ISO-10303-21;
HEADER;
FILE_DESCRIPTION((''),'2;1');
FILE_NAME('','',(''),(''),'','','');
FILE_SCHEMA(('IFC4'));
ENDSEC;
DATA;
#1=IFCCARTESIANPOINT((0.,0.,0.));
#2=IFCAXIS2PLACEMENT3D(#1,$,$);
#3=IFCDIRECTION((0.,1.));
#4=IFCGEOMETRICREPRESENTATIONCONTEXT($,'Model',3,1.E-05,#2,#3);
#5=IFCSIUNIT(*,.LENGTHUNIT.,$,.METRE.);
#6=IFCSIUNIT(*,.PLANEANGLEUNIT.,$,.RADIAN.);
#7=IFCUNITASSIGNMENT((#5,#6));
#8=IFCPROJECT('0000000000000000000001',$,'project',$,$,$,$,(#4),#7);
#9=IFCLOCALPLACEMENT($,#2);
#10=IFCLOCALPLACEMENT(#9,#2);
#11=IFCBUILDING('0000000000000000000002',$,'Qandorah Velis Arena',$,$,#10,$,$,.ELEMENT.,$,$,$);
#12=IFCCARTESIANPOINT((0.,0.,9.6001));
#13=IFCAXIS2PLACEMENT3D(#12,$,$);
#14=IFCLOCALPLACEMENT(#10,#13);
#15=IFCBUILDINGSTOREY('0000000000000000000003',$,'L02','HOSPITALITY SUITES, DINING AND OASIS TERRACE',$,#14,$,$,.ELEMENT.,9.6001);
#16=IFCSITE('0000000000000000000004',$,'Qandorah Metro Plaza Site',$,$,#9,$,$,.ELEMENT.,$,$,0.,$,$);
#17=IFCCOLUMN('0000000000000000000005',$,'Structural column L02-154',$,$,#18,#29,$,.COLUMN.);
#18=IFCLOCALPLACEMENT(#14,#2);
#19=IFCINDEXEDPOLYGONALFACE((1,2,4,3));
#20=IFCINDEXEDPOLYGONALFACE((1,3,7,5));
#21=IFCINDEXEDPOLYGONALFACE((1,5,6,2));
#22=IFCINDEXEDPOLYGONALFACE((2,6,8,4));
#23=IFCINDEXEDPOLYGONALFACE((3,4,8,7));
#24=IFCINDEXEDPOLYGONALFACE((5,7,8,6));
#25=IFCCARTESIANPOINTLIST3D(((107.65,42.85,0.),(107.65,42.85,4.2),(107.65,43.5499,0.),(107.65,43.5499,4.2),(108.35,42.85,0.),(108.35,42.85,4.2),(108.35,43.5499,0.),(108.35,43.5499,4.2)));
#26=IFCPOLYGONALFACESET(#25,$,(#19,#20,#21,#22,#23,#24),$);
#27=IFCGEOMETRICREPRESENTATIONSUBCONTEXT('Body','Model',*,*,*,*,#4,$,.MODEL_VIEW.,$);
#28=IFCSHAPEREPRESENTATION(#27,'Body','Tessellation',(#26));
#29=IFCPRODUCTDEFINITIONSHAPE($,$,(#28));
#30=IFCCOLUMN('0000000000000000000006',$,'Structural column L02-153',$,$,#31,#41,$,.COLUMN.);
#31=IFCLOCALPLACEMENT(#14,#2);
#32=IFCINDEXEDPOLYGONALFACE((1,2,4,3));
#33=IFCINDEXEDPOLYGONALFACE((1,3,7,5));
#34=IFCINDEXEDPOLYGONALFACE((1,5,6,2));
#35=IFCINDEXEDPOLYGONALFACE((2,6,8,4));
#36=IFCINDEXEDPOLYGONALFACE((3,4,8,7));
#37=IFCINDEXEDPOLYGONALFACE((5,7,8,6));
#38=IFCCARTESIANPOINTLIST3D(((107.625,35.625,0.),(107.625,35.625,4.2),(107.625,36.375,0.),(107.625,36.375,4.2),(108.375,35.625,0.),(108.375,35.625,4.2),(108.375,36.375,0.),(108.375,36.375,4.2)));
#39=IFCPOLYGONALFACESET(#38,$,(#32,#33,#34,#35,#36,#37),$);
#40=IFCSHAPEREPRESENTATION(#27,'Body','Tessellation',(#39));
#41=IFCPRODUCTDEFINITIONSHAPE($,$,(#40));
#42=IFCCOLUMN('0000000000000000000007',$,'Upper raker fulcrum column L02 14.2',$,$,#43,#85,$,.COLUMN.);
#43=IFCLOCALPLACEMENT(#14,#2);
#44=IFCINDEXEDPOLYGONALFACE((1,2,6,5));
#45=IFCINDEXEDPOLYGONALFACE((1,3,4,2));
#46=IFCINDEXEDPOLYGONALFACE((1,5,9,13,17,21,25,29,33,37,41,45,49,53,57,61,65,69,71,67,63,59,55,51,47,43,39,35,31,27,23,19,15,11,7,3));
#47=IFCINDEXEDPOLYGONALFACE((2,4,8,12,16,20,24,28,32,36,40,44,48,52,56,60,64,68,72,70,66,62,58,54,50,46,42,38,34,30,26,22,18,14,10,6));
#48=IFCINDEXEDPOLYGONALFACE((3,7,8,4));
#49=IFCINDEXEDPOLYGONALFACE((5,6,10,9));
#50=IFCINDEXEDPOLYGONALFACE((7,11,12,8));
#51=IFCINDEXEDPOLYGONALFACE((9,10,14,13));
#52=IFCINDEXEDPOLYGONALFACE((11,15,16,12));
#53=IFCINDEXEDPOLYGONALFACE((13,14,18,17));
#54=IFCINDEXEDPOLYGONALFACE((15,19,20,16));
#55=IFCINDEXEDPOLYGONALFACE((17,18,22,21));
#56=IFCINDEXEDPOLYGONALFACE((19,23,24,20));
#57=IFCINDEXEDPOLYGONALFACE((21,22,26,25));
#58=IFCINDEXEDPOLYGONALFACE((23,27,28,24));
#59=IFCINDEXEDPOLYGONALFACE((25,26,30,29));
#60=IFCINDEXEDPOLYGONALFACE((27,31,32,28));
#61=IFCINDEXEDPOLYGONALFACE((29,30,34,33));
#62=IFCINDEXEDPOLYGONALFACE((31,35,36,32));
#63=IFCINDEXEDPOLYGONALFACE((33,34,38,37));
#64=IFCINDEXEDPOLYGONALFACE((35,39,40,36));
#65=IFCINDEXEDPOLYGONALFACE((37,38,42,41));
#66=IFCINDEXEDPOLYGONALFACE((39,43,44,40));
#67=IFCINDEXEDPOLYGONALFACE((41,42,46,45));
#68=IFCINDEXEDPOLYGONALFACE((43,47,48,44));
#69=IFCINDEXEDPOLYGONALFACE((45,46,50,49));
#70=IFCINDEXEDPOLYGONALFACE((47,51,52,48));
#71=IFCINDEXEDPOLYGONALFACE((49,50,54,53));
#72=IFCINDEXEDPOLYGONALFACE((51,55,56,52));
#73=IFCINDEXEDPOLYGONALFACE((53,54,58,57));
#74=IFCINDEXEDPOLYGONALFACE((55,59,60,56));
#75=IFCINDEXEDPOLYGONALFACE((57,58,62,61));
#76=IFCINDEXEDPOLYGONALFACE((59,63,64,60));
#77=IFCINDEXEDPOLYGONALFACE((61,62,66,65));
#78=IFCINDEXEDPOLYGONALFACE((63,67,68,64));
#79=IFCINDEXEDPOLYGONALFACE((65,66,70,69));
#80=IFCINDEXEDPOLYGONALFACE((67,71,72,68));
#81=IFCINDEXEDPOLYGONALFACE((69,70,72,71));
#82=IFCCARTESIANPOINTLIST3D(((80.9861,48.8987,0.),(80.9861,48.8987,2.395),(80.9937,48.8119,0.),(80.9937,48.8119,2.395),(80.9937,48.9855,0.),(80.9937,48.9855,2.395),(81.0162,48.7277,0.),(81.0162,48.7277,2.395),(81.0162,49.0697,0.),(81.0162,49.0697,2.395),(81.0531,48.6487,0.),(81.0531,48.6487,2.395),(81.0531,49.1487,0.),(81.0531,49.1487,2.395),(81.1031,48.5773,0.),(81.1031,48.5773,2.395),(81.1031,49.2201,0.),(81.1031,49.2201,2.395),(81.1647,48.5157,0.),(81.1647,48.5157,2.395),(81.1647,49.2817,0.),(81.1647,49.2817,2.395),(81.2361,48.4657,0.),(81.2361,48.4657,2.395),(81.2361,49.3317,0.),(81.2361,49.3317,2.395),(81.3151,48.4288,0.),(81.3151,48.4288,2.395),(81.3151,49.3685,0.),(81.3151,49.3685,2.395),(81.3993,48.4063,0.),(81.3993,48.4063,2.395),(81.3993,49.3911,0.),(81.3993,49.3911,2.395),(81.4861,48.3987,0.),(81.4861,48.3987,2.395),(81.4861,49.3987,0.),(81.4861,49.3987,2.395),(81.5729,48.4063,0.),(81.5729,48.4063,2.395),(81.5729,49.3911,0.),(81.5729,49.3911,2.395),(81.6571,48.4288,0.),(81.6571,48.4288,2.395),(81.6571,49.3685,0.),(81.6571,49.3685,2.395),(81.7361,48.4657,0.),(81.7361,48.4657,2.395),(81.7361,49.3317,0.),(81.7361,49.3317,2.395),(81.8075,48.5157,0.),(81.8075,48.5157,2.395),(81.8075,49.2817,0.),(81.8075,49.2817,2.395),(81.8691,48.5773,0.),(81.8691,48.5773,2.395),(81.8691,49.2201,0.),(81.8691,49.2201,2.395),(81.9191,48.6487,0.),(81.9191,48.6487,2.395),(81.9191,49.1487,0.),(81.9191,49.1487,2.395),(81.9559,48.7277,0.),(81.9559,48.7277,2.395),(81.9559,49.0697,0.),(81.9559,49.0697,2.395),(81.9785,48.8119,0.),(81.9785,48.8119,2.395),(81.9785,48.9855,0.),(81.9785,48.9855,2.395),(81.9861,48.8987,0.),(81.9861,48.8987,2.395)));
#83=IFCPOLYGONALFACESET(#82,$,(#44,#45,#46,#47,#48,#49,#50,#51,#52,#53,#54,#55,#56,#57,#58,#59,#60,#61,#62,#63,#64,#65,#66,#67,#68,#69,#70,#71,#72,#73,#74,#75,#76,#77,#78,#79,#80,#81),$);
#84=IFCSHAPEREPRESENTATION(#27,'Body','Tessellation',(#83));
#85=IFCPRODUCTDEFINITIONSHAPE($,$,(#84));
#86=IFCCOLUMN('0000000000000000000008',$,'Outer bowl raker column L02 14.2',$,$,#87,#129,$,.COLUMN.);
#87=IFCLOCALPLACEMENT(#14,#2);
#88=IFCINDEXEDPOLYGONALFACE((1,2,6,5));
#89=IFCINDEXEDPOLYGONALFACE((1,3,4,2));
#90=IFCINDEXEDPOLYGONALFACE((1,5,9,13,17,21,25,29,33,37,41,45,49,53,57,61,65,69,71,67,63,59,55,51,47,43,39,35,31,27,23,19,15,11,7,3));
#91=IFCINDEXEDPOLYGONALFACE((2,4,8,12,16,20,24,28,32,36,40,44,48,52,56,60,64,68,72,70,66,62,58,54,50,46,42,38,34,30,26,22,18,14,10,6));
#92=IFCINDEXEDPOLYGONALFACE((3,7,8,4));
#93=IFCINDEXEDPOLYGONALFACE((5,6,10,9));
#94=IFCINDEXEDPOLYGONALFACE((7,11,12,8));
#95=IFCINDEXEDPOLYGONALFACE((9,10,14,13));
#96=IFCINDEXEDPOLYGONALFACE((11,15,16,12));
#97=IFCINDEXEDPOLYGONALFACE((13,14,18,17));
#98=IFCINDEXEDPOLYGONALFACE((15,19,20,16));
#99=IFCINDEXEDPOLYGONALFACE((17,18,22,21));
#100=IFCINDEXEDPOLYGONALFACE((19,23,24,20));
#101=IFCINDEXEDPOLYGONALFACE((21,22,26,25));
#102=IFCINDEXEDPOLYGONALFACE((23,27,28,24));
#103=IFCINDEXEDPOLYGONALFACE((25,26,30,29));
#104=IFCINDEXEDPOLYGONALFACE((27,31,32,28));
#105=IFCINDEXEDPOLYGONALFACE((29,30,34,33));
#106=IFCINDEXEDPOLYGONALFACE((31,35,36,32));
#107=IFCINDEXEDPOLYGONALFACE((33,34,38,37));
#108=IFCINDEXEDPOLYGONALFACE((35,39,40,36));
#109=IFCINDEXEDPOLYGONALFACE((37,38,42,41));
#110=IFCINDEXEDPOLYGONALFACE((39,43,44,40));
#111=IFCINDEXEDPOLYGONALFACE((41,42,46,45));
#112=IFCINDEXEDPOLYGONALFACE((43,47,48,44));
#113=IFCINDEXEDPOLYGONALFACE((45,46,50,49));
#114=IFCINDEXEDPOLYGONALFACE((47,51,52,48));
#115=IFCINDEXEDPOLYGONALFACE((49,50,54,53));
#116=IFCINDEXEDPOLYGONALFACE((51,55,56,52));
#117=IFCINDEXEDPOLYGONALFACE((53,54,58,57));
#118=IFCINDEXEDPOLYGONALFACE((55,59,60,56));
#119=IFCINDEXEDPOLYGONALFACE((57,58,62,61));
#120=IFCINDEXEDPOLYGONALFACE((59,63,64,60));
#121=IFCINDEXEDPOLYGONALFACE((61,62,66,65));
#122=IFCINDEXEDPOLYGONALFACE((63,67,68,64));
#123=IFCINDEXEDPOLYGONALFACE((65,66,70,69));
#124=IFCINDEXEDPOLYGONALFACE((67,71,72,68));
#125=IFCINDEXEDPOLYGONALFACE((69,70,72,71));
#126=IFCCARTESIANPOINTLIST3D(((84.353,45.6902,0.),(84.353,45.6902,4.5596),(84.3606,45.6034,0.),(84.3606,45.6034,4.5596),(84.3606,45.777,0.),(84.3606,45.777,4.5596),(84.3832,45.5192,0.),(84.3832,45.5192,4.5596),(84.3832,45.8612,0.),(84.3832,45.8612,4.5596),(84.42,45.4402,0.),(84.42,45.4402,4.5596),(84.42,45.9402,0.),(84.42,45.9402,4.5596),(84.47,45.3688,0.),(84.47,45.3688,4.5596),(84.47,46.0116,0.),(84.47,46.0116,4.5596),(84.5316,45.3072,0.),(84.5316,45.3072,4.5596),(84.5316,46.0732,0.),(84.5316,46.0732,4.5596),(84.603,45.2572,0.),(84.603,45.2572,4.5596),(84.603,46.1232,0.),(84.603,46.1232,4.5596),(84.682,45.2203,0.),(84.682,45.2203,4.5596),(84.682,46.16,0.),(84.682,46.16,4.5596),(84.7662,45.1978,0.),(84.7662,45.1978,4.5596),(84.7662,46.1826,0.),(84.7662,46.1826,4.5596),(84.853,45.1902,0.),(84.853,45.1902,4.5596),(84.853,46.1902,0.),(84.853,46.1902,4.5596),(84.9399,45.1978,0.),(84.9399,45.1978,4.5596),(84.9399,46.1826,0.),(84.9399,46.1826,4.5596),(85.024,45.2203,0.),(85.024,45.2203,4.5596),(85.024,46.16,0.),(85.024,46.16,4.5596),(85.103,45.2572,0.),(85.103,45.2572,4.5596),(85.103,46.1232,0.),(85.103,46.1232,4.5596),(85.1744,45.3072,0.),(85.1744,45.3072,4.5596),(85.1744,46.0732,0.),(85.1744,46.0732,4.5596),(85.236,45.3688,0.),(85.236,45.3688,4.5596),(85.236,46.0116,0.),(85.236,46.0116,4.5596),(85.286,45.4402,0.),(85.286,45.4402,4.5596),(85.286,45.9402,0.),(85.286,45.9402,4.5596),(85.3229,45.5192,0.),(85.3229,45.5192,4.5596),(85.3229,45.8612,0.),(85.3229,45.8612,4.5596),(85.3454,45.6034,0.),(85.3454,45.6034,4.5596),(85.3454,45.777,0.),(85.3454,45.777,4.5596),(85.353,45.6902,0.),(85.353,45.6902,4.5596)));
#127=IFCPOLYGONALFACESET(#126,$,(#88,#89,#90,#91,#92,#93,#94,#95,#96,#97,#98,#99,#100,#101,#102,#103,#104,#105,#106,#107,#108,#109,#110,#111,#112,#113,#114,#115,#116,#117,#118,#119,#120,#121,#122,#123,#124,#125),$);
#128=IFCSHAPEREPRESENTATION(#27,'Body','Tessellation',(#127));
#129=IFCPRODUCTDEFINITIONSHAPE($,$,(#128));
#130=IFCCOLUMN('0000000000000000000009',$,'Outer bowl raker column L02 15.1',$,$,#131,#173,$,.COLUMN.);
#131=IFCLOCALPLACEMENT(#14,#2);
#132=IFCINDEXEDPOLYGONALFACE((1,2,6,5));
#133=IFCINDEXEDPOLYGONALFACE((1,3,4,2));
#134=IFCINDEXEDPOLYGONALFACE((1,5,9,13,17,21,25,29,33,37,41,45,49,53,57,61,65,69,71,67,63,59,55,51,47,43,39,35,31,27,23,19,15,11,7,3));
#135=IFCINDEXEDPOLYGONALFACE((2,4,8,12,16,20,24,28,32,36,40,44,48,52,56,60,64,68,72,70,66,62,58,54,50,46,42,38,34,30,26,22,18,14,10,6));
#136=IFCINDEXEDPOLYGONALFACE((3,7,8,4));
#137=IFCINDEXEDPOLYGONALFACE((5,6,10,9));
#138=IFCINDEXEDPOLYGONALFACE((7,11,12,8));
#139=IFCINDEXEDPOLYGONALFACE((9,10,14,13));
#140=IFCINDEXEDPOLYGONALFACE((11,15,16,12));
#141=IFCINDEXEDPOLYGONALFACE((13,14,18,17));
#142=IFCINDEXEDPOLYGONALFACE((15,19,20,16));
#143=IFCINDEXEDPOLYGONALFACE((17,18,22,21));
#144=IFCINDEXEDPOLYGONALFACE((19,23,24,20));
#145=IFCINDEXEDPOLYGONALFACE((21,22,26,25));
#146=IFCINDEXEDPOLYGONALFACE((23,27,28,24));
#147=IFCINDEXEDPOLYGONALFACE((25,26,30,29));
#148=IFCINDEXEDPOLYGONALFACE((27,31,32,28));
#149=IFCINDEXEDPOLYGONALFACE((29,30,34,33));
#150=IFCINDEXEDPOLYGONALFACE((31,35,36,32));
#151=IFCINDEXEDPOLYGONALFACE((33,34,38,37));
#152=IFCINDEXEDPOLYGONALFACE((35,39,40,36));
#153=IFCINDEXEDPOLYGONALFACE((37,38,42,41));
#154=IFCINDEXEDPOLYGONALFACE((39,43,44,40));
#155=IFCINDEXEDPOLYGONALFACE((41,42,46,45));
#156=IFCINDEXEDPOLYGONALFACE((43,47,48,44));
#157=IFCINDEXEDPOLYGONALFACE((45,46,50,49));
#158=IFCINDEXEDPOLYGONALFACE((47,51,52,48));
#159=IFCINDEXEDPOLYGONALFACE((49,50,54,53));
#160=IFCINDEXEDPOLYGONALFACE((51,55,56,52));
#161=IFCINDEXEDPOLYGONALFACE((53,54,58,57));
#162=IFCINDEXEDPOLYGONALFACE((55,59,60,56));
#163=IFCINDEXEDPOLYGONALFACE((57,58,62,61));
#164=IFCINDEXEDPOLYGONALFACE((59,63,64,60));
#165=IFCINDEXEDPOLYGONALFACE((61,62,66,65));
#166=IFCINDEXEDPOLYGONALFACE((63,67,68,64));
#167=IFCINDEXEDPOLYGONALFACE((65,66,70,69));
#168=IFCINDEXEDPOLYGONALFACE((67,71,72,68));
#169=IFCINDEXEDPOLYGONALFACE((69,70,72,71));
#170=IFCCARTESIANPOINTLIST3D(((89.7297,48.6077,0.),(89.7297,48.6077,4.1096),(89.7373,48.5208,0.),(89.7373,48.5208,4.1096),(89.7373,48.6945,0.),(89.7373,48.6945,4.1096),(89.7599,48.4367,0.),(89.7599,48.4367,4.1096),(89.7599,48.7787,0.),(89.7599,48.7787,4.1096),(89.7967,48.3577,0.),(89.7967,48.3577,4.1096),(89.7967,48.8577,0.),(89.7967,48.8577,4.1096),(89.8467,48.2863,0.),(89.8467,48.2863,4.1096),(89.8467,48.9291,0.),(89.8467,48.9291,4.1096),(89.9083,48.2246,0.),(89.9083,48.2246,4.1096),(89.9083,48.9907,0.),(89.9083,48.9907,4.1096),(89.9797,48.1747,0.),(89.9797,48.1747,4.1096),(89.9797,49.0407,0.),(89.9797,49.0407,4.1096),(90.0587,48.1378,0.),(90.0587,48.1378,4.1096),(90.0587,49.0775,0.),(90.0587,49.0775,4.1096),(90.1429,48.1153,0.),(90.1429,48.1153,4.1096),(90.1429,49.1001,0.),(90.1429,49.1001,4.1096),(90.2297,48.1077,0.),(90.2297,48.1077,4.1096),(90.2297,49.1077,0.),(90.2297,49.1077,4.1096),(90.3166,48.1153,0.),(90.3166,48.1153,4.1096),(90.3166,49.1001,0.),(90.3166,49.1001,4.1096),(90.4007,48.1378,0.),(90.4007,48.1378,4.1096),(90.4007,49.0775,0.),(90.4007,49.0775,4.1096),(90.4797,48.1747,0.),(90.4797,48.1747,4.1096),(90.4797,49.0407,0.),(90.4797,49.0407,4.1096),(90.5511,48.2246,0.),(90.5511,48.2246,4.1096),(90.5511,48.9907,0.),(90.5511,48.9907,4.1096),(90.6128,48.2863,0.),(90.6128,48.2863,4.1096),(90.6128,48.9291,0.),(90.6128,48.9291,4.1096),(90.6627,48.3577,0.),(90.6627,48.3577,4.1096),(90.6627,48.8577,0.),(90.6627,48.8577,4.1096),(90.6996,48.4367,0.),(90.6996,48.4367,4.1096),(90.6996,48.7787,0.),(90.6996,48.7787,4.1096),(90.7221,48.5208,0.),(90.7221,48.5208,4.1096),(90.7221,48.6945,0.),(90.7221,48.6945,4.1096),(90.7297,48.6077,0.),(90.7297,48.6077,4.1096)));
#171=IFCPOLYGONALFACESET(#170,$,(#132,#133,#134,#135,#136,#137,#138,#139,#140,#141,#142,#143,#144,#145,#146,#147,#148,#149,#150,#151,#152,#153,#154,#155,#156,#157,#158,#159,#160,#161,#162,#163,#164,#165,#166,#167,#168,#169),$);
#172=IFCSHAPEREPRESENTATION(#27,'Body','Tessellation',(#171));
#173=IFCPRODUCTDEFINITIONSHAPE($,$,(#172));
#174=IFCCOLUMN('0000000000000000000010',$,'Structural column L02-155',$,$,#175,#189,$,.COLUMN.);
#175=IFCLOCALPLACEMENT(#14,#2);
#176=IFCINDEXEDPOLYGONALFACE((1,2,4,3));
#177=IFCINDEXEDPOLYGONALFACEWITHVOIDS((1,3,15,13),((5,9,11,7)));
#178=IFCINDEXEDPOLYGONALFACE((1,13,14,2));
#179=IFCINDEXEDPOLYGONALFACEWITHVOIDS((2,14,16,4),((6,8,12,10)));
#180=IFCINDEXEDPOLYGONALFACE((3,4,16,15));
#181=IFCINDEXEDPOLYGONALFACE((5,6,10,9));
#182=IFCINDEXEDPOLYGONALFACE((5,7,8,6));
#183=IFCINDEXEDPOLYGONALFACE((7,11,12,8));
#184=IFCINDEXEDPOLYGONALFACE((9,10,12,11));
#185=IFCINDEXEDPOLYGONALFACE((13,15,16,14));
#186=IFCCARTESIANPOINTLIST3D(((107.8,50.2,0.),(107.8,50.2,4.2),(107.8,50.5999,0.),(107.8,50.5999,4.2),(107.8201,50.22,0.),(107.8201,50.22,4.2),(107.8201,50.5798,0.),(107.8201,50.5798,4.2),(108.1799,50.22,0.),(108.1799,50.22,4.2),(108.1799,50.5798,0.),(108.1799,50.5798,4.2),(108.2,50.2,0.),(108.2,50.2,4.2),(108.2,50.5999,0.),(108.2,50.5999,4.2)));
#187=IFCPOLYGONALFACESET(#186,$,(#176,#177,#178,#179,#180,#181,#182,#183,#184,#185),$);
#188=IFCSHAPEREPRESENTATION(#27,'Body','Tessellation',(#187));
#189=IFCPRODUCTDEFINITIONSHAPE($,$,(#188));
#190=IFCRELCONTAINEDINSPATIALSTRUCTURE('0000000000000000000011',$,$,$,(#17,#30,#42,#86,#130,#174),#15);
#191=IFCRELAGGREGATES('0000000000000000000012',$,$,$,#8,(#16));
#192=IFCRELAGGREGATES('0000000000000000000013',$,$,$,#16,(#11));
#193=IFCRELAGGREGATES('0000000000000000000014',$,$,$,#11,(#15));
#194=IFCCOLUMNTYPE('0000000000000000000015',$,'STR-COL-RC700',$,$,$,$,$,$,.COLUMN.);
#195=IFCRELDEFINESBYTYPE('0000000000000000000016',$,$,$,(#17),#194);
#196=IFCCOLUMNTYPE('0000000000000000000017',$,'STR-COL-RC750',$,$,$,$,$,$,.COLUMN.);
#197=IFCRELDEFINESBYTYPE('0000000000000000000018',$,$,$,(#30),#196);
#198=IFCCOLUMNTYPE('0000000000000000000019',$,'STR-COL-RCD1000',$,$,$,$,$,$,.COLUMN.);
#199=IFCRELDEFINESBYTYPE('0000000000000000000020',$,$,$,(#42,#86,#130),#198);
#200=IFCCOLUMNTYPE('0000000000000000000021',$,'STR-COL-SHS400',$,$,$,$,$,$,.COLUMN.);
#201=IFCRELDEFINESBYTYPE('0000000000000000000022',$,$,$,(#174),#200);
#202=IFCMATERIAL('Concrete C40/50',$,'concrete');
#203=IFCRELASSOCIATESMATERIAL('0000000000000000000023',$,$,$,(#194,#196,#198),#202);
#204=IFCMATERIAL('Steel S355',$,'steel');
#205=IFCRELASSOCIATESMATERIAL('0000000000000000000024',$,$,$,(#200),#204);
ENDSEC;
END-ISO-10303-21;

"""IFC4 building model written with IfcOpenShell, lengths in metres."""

from ifc_helpers import new_model, si_unit, direction, frame, origin, origin_2d, place, context, subcontext, project, spatial, rectangle, hollow_rectangle, circle, extrude, material, material_profile, profile_set, type_object, element, save


model = new_model("IFC4")

# Units and contexts
model_context = context("Model", 3, precision=1e-05, world=origin(), true_north=direction((0.0, 1.0)))
body_context = subcontext(model_context, "Body", "Model", "MODEL_VIEW")
ifc_project = project(units=[si_unit("LENGTHUNIT", "METRE"), si_unit("PLANEANGLEUNIT", "RADIAN")], contexts=[model_context])

# Site, building, storey
site_placement = place(None, origin())
site = spatial("IfcSite", under=ifc_project, at=site_placement, Name="Qandorah Metro Plaza Site", CompositionType="ELEMENT", RefElevation=0.0)
building_placement = place(site_placement, origin())
building = spatial("IfcBuilding", under=site, at=building_placement, Name="Qandorah Velis Arena", CompositionType="ELEMENT")
storey_placement = place(building_placement, frame((0.0, 0.0, 9.6001)))
storey = spatial("IfcBuildingStorey", under=building, at=storey_placement, Name="L02", Description="HOSPITALITY SUITES, DINING AND OASIS TERRACE", CompositionType="ELEMENT", Elevation=9.6001)

# Columns
ifc_material_1 = material(Name="Concrete C40/50", Category="concrete")
ifc_material_profile_1 = material_profile(ifc_material_1, rectangle(XDim=0.7, YDim=0.7, at=origin_2d()), Name="RC COL 700x700")
ifc_profile_set_1 = profile_set([ifc_material_profile_1], Name="Concrete C40/50")
column_type_1 = type_object("IfcColumnType", Name="STR-COL-RC700", PredefinedType="COLUMN", material=ifc_profile_set_1)
column_1_placement = place(storey_placement, frame((108.0, 43.2, 0.0), z_axis=(0.0, 0.0, 1.0), x_axis=(1.0, 0.0, 0.0)))
element("IfcColumn", 1, at=column_1_placement, inside=storey, type_object=column_type_1, Name="Structural column L02-154", PredefinedType="COLUMN", context=body_context, shape_type="SweptSolid", body=[
    extrude(rectangle(XDim=0.7, YDim=0.7, at=origin_2d()), origin(), (0.0, 0.0, 1.0), 4.2),
])
ifc_material_profile_2 = material_profile(ifc_material_1, rectangle(XDim=0.75, YDim=0.75, at=origin_2d()), Name="RC COL 750x750")
ifc_profile_set_2 = profile_set([ifc_material_profile_2], Name="Concrete C40/50")
column_type_2 = type_object("IfcColumnType", Name="STR-COL-RC750", PredefinedType="COLUMN", material=ifc_profile_set_2)
column_2_placement = place(storey_placement, frame((108.0, 36.0, 0.0), z_axis=(0.0, 0.0, 1.0), x_axis=(1.0, 0.0, 0.0)))
element("IfcColumn", 2, at=column_2_placement, inside=storey, type_object=column_type_2, Name="Structural column L02-153", PredefinedType="COLUMN", context=body_context, shape_type="SweptSolid", body=[
    extrude(rectangle(XDim=0.75, YDim=0.75, at=origin_2d()), origin(), (0.0, 0.0, 1.0), 4.2),
])
ifc_material_profile_3 = material_profile(ifc_material_1, circle(Radius=0.5, at=origin_2d()), Name="RC D1000")
ifc_profile_set_3 = profile_set([ifc_material_profile_3], Name="Concrete C40/50")
column_type_3 = type_object("IfcColumnType", Name="STR-COL-RCD1000", PredefinedType="COLUMN", material=ifc_profile_set_3)
column_3_placement = place(storey_placement, frame((81.4861, 48.8987, 0.0), z_axis=(0.0, 0.0, 1.0), x_axis=(1.0, 0.0, 0.0)))
element("IfcColumn", 3, at=column_3_placement, inside=storey, type_object=column_type_3, Name="Upper raker fulcrum column L02 14.2", PredefinedType="COLUMN", context=body_context, shape_type="SweptSolid", body=[
    extrude(circle(Radius=0.5, at=origin_2d()), origin(), (0.0, 0.0, 1.0), 2.395),
])
column_4_placement = place(storey_placement, frame((84.853, 45.6902, 0.0), z_axis=(0.0, 0.0, 1.0), x_axis=(1.0, 0.0, 0.0)))
element("IfcColumn", 4, at=column_4_placement, inside=storey, type_object=column_type_3, Name="Outer bowl raker column L02 14.2", PredefinedType="COLUMN", context=body_context, shape_type="SweptSolid", body=[
    extrude(circle(Radius=0.5, at=origin_2d()), origin(), (0.0, 0.0, 1.0), 4.5596),
])
column_5_placement = place(storey_placement, frame((90.2297, 48.6077, 0.0), z_axis=(0.0, 0.0, 1.0), x_axis=(1.0, 0.0, 0.0)))
element("IfcColumn", 5, at=column_5_placement, inside=storey, type_object=column_type_3, Name="Outer bowl raker column L02 15.1", PredefinedType="COLUMN", context=body_context, shape_type="SweptSolid", body=[
    extrude(circle(Radius=0.5, at=origin_2d()), origin(), (0.0, 0.0, 1.0), 4.1096),
])
ifc_material_2 = material(Name="Steel S355", Category="steel")
ifc_material_profile_4 = material_profile(ifc_material_2, hollow_rectangle(XDim=0.3999, YDim=0.3999, WallThickness=0.02, at=origin_2d()), Name="SHS 400x400x20")
ifc_profile_set_4 = profile_set([ifc_material_profile_4], Name="Steel S355")
column_type_4 = type_object("IfcColumnType", Name="STR-COL-SHS400", PredefinedType="COLUMN", material=ifc_profile_set_4)
column_6_placement = place(storey_placement, frame((108.0, 50.3999, 0.0), z_axis=(0.0, 0.0, 1.0), x_axis=(1.0, 0.0, 0.0)))
element("IfcColumn", 6, at=column_6_placement, inside=storey, type_object=column_type_4, Name="Structural column L02-155", PredefinedType="COLUMN", context=body_context, shape_type="SweptSolid", body=[
    extrude(hollow_rectangle(XDim=0.3999, YDim=0.3999, WallThickness=0.02, at=origin_2d()), origin(), (0.0, 0.0, 1.0), 4.2),
])

save(model, "model.ifc")
